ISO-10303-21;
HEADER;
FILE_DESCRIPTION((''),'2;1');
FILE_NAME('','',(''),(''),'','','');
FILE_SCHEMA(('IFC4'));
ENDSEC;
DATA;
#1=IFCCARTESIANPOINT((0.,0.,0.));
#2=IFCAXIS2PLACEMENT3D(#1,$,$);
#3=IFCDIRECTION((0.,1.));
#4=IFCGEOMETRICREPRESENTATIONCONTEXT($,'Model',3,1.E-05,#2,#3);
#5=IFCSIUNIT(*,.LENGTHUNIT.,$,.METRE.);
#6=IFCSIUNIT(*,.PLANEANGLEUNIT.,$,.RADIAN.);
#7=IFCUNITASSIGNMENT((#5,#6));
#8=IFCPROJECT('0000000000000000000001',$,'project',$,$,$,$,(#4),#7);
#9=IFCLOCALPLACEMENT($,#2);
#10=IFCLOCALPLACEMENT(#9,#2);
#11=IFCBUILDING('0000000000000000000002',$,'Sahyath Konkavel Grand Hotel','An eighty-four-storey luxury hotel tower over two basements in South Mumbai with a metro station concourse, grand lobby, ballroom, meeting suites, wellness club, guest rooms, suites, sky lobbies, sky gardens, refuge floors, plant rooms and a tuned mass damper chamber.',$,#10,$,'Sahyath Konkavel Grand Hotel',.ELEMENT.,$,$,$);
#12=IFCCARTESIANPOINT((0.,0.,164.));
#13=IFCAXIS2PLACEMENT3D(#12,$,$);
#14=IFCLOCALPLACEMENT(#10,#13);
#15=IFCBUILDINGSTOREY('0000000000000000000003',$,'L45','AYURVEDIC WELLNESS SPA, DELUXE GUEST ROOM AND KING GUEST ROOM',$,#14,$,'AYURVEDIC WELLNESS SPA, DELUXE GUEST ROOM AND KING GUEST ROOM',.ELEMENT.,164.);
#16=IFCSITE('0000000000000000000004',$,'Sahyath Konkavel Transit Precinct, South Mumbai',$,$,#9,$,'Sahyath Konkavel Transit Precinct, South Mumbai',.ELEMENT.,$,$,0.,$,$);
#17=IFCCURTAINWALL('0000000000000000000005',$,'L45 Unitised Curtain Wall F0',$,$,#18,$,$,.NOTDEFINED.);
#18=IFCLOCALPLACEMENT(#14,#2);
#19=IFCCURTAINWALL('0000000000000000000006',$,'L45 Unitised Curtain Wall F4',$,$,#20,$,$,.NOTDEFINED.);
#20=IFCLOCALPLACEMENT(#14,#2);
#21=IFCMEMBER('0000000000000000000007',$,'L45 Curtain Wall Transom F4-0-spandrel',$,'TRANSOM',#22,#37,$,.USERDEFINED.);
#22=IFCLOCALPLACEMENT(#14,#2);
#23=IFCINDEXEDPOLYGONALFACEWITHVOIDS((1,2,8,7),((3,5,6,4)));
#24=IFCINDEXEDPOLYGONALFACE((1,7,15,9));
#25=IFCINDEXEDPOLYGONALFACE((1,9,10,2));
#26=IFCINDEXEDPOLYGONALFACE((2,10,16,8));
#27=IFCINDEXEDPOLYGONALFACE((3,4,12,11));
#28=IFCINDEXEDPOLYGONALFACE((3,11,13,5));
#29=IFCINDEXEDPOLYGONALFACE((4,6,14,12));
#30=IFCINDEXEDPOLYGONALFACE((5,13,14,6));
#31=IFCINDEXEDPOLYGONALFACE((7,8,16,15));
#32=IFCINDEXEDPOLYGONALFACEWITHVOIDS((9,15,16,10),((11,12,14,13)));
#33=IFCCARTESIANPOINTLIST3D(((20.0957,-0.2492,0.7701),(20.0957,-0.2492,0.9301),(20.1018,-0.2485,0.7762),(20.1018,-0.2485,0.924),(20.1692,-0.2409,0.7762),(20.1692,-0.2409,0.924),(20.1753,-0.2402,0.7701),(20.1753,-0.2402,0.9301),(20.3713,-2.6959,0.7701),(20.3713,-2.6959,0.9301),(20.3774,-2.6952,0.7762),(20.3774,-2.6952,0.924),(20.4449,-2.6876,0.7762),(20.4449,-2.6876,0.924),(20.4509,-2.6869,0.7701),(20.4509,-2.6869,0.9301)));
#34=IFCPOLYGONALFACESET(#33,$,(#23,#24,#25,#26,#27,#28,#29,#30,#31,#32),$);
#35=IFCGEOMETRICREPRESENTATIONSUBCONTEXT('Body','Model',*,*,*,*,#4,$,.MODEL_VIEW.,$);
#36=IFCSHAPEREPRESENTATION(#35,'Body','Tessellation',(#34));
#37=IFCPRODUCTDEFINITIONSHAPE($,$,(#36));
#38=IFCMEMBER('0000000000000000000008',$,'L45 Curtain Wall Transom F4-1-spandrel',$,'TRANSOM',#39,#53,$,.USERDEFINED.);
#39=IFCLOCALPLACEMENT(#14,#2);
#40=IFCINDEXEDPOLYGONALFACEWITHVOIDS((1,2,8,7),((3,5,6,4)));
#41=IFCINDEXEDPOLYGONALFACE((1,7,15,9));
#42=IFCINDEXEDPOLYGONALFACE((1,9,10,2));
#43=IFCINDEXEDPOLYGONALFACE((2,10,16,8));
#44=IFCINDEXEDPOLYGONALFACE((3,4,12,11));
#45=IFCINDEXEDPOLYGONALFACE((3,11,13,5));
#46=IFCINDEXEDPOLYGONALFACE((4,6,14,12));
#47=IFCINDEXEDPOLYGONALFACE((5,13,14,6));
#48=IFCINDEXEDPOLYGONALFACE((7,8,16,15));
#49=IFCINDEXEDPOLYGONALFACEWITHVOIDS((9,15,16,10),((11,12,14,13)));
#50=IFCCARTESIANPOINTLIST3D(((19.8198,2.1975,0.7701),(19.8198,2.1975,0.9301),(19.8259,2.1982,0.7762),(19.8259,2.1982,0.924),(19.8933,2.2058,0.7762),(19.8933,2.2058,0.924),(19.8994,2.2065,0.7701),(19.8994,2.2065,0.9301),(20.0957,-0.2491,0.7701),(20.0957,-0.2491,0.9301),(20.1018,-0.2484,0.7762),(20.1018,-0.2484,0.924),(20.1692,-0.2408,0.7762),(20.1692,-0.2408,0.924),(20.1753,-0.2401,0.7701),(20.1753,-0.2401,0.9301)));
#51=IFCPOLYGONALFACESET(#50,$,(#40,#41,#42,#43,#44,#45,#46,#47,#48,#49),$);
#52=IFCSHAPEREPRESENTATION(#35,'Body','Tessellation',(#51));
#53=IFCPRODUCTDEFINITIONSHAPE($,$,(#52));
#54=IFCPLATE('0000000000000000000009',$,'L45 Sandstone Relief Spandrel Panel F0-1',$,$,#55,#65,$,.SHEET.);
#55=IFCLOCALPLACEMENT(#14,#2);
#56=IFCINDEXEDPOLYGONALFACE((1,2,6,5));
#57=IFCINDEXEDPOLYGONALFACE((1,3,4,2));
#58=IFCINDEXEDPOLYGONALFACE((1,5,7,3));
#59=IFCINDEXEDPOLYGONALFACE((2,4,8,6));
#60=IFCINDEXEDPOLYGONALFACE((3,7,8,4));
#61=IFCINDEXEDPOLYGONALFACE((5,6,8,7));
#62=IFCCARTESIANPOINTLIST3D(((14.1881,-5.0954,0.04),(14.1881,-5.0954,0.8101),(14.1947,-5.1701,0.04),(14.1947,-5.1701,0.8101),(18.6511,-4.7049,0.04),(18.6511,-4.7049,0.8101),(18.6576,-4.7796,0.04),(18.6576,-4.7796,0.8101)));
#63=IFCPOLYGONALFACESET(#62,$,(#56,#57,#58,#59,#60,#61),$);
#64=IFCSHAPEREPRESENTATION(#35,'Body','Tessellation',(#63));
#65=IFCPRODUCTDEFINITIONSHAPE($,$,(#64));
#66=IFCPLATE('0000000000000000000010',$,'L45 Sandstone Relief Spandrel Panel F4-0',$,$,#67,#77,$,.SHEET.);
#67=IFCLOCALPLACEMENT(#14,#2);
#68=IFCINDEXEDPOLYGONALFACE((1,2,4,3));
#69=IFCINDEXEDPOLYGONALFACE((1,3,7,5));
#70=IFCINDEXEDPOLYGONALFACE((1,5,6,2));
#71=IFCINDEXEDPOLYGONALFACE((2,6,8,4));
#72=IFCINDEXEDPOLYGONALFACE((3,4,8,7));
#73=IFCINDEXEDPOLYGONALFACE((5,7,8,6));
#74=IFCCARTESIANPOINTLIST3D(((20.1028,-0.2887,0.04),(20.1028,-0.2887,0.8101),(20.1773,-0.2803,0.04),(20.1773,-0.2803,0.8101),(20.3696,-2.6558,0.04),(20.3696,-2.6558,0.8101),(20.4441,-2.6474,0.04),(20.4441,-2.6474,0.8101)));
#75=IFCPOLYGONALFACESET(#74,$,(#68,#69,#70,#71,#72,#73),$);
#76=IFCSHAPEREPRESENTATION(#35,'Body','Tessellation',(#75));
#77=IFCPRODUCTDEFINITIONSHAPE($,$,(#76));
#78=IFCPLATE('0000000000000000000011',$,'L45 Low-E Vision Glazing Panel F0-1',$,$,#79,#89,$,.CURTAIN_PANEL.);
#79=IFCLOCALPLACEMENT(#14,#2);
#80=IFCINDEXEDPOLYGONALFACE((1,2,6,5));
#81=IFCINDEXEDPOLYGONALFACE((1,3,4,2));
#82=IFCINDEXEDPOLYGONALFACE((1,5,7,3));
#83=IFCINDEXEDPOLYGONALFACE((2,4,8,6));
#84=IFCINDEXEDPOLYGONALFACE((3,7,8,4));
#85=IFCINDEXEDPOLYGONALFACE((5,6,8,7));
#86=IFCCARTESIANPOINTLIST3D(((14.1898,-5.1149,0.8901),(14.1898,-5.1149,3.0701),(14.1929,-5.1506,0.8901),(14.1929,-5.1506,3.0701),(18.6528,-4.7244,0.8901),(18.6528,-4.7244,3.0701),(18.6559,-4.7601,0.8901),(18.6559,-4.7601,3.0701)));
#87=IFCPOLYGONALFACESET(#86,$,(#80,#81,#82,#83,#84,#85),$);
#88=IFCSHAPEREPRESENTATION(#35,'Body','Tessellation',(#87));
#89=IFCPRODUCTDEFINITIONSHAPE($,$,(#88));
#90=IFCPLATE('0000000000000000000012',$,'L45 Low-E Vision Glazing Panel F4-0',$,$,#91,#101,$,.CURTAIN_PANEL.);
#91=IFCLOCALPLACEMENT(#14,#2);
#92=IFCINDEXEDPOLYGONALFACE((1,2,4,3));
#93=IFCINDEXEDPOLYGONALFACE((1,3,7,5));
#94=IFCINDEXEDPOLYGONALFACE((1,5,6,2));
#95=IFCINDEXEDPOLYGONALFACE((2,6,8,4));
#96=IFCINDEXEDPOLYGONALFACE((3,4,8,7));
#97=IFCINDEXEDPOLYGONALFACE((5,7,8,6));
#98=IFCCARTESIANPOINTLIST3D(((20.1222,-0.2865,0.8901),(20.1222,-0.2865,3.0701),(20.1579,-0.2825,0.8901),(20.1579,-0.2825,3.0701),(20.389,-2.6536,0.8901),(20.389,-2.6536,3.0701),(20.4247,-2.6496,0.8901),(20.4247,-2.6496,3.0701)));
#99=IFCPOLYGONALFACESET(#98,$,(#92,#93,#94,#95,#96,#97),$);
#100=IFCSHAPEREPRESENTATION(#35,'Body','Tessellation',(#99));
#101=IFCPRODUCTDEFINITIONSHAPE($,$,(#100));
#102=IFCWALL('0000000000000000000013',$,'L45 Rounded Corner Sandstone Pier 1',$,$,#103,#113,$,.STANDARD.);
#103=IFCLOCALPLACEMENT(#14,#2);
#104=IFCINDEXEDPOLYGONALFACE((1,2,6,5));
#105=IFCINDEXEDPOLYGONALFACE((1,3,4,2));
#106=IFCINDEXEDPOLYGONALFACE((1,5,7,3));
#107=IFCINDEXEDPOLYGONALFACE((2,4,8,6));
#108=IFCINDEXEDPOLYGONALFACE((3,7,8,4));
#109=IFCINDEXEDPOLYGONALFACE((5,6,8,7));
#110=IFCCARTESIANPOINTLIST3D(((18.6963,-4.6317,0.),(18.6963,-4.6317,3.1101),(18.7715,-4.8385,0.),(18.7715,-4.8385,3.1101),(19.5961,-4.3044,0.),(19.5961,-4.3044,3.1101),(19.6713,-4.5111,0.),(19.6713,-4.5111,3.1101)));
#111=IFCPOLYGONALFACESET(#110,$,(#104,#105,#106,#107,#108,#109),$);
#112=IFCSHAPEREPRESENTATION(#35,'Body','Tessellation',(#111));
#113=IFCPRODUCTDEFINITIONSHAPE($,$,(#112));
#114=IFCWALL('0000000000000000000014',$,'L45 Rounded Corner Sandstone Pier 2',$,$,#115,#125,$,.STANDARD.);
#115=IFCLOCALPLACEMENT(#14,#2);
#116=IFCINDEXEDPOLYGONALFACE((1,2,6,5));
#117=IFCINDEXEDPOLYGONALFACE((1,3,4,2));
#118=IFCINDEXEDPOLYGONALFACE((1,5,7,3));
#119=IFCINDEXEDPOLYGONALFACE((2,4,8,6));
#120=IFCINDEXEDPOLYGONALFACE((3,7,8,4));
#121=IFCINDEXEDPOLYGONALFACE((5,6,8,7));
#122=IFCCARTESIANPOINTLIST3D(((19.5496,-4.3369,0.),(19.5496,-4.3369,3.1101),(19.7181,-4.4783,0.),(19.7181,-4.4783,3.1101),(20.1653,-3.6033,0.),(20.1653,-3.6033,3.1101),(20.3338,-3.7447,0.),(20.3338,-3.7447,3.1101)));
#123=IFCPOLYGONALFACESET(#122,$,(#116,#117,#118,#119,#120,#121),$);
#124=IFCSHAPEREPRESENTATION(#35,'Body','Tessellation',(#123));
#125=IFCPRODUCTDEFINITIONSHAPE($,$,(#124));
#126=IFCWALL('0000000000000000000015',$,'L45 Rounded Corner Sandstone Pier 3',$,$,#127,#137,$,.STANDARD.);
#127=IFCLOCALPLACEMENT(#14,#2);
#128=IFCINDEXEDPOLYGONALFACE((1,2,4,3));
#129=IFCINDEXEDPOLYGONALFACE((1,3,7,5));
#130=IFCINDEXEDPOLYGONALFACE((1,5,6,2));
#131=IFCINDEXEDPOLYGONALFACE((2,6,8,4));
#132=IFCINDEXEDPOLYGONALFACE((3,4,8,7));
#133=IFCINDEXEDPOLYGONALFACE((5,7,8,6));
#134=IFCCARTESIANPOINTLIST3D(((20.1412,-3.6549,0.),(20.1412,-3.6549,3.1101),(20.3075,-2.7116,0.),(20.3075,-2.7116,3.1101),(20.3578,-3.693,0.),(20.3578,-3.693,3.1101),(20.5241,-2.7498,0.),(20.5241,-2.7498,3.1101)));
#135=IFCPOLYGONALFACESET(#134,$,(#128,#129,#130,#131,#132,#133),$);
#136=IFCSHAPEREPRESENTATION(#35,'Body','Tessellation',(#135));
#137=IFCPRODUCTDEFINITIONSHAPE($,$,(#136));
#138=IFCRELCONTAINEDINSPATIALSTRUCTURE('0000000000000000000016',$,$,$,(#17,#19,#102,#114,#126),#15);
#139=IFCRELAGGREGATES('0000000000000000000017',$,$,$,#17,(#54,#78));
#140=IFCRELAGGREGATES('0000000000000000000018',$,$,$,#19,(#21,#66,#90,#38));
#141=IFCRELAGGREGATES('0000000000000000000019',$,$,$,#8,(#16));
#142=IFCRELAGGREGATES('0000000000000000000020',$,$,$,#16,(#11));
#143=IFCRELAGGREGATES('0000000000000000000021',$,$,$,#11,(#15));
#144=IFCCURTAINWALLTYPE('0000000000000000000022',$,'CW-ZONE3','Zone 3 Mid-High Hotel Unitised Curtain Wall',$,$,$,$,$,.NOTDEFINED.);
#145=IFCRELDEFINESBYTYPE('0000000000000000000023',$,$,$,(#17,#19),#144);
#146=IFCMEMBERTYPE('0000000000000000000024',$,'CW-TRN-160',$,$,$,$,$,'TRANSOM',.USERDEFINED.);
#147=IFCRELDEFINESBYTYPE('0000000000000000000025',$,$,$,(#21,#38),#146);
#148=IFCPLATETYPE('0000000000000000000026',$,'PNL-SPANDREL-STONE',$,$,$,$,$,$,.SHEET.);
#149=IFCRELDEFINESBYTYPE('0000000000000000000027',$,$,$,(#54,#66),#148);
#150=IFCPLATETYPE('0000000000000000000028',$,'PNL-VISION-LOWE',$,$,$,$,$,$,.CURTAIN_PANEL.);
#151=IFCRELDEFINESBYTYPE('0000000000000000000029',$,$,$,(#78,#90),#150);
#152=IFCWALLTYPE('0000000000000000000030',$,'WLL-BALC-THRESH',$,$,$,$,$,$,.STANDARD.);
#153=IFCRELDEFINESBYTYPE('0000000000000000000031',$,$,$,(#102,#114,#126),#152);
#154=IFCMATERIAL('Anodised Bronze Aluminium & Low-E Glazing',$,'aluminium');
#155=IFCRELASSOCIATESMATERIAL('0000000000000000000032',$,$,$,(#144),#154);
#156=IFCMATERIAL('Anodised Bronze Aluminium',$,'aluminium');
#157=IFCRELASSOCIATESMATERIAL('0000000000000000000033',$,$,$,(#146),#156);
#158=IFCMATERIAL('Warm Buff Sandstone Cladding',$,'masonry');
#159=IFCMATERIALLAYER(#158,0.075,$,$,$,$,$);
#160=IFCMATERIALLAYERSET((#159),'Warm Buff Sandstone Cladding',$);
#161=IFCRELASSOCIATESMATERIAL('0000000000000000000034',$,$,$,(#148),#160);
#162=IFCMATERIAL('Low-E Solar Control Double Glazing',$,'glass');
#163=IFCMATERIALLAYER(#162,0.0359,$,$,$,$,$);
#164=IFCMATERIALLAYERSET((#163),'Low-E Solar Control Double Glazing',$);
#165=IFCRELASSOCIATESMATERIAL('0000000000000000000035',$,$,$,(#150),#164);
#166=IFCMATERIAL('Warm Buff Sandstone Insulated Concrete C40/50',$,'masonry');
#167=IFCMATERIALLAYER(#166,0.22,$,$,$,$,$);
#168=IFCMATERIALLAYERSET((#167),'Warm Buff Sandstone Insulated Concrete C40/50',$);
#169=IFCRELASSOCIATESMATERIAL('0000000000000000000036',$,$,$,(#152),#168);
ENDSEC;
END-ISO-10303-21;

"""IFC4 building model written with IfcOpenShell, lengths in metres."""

from ifc_helpers import new_model, si_unit, direction, frame, frame_2d, origin, origin_2d, place, context, subcontext, project, spatial, rectangle, hollow_rectangle, extrude, source, transform, mapped, material, layer, layer_set, material_profile, profile_set, type_object, element, aggregate, save


model = new_model("IFC4")

# Units and contexts
model_context = context("Model", 3, precision=1e-05, world=origin(), true_north=direction((0.0, 1.0)))
body_context = subcontext(model_context, "Body", "Model", "MODEL_VIEW")
ifc_project = project(units=[si_unit("LENGTHUNIT", "METRE"), si_unit("PLANEANGLEUNIT", "RADIAN")], contexts=[model_context])

# Site, building, storey
site_placement = place(None, origin())
site = spatial("IfcSite", under=ifc_project, at=site_placement, Name="Sahyath Konkavel Transit Precinct, South Mumbai", LongName="Sahyath Konkavel Transit Precinct, South Mumbai", CompositionType="ELEMENT", RefElevation=0.0)
building_placement = place(site_placement, origin())
building = spatial("IfcBuilding", under=site, at=building_placement, Name="Sahyath Konkavel Grand Hotel", Description="An eighty-four-storey luxury hotel tower over two basements in South Mumbai with a metro station concourse, grand lobby, ballroom, meeting suites, wellness club, guest rooms, suites, sky lobbies, sky gardens, refuge floors, plant rooms and a tuned mass damper chamber.", LongName="Sahyath Konkavel Grand Hotel", CompositionType="ELEMENT")
storey_placement = place(building_placement, frame((0.0, 0.0, 164.0)))
storey = spatial("IfcBuildingStorey", under=building, at=storey_placement, Name="L45", Description="AYURVEDIC WELLNESS SPA, DELUXE GUEST ROOM AND KING GUEST ROOM", LongName="AYURVEDIC WELLNESS SPA, DELUXE GUEST ROOM AND KING GUEST ROOM", CompositionType="ELEMENT", Elevation=164.0)

# Curtain walls
ifc_material_1 = material(Name="Anodised Bronze Aluminium & Low-E Glazing", Category="aluminium")
curtain_wall_type = type_object("IfcCurtainWallType", Name="CW-ZONE3", Description="Zone 3 Mid-High Hotel Unitised Curtain Wall", PredefinedType="NOTDEFINED", material=ifc_material_1)
curtain_wall_1_placement = place(storey_placement, origin())
curtain_wall_1 = element("IfcCurtainWall", 1, at=curtain_wall_1_placement, inside=storey, type_object=curtain_wall_type, Name="L45 Unitised Curtain Wall F0", PredefinedType="NOTDEFINED")
ifc_material_2 = material(Name="Anodised Bronze Aluminium", Category="aluminium")
curtain_wall_2_placement = place(storey_placement, origin())
curtain_wall_2 = element("IfcCurtainWall", 2, at=curtain_wall_2_placement, inside=storey, type_object=curtain_wall_type, Name="L45 Unitised Curtain Wall F4", PredefinedType="NOTDEFINED")

# Members
ifc_material_profile_1 = material_profile(ifc_material_2, hollow_rectangle(XDim=0.0801, YDim=0.1599, WallThickness=0.0061, at=origin_2d()), Name="RHS 160x80x6")
ifc_profile_set_1 = profile_set([ifc_material_profile_1], Name="Anodised Bronze Aluminium")
member_type_1 = type_object("IfcMemberType", Name="CW-TRN-160", ElementType="TRANSOM", PredefinedType="USERDEFINED", material=ifc_profile_set_1)
shared_shape_1 = source(origin(), body_context, "Body", "SweptSolid", [
    extrude(hollow_rectangle(XDim=0.0801, YDim=0.1599, WallThickness=0.0061, at=origin_2d()), origin(), (0.0, 0.0, 1.0), 2.4622),
])
member_1_placement = place(storey_placement, frame((20.4111, -2.6914, 0.8501), z_axis=(-0.111944, 0.993715, 0.0), x_axis=(-0.993715, -0.111944, 0.0)))
member_1 = element("IfcMember", 3, at=member_1_placement, type_object=member_type_1, Name="L45 Curtain Wall Transom F4-0-spandrel", ObjectType="TRANSOM", PredefinedType="USERDEFINED", context=body_context, shape_type="MappedRepresentation", body=[
    mapped(shared_shape_1, transform((0.0, 0.0, 0.0), scale=1.0)),
])
member_2_placement = place(storey_placement, frame((20.1355, -0.2446, 0.8501), z_axis=(-0.112053, 0.993702, 0.0), x_axis=(-0.993702, -0.112053, 0.0)))
member_2 = element("IfcMember", 4, at=member_2_placement, type_object=member_type_1, Name="L45 Curtain Wall Transom F4-1-spandrel", ObjectType="TRANSOM", PredefinedType="USERDEFINED", context=body_context, shape_type="MappedRepresentation", body=[
    mapped(shared_shape_1, transform((0.0, 0.0, 0.0), scale=1.0)),
])

# Plates
ifc_material_3 = material(Name="Warm Buff Sandstone Cladding", Category="masonry")
ifc_layer_1 = layer(ifc_material_3, 0.075)
ifc_layer_set_1 = layer_set([ifc_layer_1], Name="Warm Buff Sandstone Cladding")
plate_type_1 = type_object("IfcPlateType", Name="PNL-SPANDREL-STONE", PredefinedType="SHEET", material=ifc_layer_set_1)
shared_shape_2 = source(origin(), body_context, "Body", "SweptSolid", [
    extrude(rectangle(XDim=4.48, YDim=0.075, at=origin_2d()), origin(), (0.0, 0.0, 1.0), 0.77),
])
plate_1_placement = place(storey_placement, frame((16.4229, -4.9375, 0.04), z_axis=(0.0, 0.0, 1.0), x_axis=(0.996195, 0.087156, 0.0)))
plate_1 = element("IfcPlate", 5, at=plate_1_placement, type_object=plate_type_1, Name="L45 Sandstone Relief Spandrel Panel F0-1", PredefinedType="SHEET", context=body_context, shape_type="MappedRepresentation", body=[
    mapped(shared_shape_2, transform((0.0, 0.0, 0.0), scale=1.0)),
])
shared_shape_3 = source(origin(), body_context, "Body", "SweptSolid", [
    extrude(rectangle(XDim=2.3821, YDim=0.075, at=origin_2d()), origin(), (0.0, 0.0, 1.0), 0.77),
])
plate_2_placement = place(storey_placement, frame((20.2734, -1.468, 0.04), z_axis=(0.0, 0.0, 1.0), x_axis=(-0.111989, 0.993709, 0.0)))
plate_2 = element("IfcPlate", 6, at=plate_2_placement, type_object=plate_type_1, Name="L45 Sandstone Relief Spandrel Panel F4-0", PredefinedType="SHEET", context=body_context, shape_type="MappedRepresentation", body=[
    mapped(shared_shape_3, transform((0.0, 0.0, 0.0), scale=1.0)),
])
ifc_material_4 = material(Name="Low-E Solar Control Double Glazing", Category="glass")
ifc_layer_2 = layer(ifc_material_4, 0.0359)
ifc_layer_set_2 = layer_set([ifc_layer_2], Name="Low-E Solar Control Double Glazing")
plate_type_2 = type_object("IfcPlateType", Name="PNL-VISION-LOWE", PredefinedType="CURTAIN_PANEL", material=ifc_layer_set_2)
shared_shape_4 = source(origin(), body_context, "Body", "SweptSolid", [
    extrude(rectangle(XDim=4.48, YDim=0.0359, at=origin_2d()), origin(), (0.0, 0.0, 1.0), 2.1799),
])
plate_3_placement = place(storey_placement, frame((16.4229, -4.9375, 0.8901), z_axis=(0.0, 0.0, 1.0), x_axis=(0.996195, 0.087156, 0.0)))
plate_3 = element("IfcPlate", 7, at=plate_3_placement, type_object=plate_type_2, Name="L45 Low-E Vision Glazing Panel F0-1", PredefinedType="CURTAIN_PANEL", context=body_context, shape_type="MappedRepresentation", body=[
    mapped(shared_shape_4, transform((0.0, 0.0, 0.0), scale=1.0)),
])
aggregate(curtain_wall_1, [plate_1, plate_3])
shared_shape_5 = source(origin(), body_context, "Body", "SweptSolid", [
    extrude(rectangle(XDim=2.3821, YDim=0.0359, at=origin_2d()), origin(), (0.0, 0.0, 1.0), 2.1799),
])
plate_4_placement = place(storey_placement, frame((20.2734, -1.468, 0.8901), z_axis=(0.0, 0.0, 1.0), x_axis=(-0.111989, 0.993709, 0.0)))
plate_4 = element("IfcPlate", 8, at=plate_4_placement, type_object=plate_type_2, Name="L45 Low-E Vision Glazing Panel F4-0", PredefinedType="CURTAIN_PANEL", context=body_context, shape_type="MappedRepresentation", body=[
    mapped(shared_shape_5, transform((0.0, 0.0, 0.0), scale=1.0)),
])
aggregate(curtain_wall_2, [member_1, plate_2, plate_4, member_2])

# Walls
ifc_material_5 = material(Name="Warm Buff Sandstone Insulated Concrete C40/50", Category="masonry")
ifc_layer_3 = layer(ifc_material_5, 0.22)
ifc_layer_set_3 = layer_set([ifc_layer_3], Name="Warm Buff Sandstone Insulated Concrete C40/50")
wall_type_1 = type_object("IfcWallType", Name="WLL-BALC-THRESH", PredefinedType="STANDARD", material=ifc_layer_set_3)
wall_1_placement = place(storey_placement, frame((18.7339, -4.7351, 0.0), z_axis=(0.0, 0.0, 1.0), x_axis=(0.939741, 0.341886, 0.0)))
element("IfcWall", 9, at=wall_1_placement, inside=storey, type_object=wall_type_1, Name="L45 Rounded Corner Sandstone Pier 1", PredefinedType="STANDARD", context=body_context, shape_type="SweptSolid", body=[
    extrude(rectangle(XDim=0.9575, YDim=0.22, at=frame_2d((0.4788, 0.0))), origin(), (0.0, 0.0, 1.0), 3.1101),
])
for number, where, z_axis, x_axis, name in (
    (10, (19.6338, -4.4077, 0.0), (0.0, 0.0, 1.0), (0.642863, 0.765981, 0.0), "L45 Rounded Corner Sandstone Pier 2"),
    (11, (20.2495, -3.6741, 0.0), (0.0, 0.0, 1.0), (0.173611, 0.984814, 0.0), "L45 Rounded Corner Sandstone Pier 3"),
):
    element("IfcWall", number, at=place(storey_placement, frame(where, z_axis=z_axis, x_axis=x_axis)), inside=storey, type_object=wall_type_1, Name=name, PredefinedType="STANDARD", context=body_context, shape_type="SweptSolid", body=[
        extrude(rectangle(XDim=0.9578, YDim=0.22, at=frame_2d((0.479, 0.0))), origin(), (0.0, 0.0, 1.0), 3.1101),
    ])

save(model, "model.ifc")
